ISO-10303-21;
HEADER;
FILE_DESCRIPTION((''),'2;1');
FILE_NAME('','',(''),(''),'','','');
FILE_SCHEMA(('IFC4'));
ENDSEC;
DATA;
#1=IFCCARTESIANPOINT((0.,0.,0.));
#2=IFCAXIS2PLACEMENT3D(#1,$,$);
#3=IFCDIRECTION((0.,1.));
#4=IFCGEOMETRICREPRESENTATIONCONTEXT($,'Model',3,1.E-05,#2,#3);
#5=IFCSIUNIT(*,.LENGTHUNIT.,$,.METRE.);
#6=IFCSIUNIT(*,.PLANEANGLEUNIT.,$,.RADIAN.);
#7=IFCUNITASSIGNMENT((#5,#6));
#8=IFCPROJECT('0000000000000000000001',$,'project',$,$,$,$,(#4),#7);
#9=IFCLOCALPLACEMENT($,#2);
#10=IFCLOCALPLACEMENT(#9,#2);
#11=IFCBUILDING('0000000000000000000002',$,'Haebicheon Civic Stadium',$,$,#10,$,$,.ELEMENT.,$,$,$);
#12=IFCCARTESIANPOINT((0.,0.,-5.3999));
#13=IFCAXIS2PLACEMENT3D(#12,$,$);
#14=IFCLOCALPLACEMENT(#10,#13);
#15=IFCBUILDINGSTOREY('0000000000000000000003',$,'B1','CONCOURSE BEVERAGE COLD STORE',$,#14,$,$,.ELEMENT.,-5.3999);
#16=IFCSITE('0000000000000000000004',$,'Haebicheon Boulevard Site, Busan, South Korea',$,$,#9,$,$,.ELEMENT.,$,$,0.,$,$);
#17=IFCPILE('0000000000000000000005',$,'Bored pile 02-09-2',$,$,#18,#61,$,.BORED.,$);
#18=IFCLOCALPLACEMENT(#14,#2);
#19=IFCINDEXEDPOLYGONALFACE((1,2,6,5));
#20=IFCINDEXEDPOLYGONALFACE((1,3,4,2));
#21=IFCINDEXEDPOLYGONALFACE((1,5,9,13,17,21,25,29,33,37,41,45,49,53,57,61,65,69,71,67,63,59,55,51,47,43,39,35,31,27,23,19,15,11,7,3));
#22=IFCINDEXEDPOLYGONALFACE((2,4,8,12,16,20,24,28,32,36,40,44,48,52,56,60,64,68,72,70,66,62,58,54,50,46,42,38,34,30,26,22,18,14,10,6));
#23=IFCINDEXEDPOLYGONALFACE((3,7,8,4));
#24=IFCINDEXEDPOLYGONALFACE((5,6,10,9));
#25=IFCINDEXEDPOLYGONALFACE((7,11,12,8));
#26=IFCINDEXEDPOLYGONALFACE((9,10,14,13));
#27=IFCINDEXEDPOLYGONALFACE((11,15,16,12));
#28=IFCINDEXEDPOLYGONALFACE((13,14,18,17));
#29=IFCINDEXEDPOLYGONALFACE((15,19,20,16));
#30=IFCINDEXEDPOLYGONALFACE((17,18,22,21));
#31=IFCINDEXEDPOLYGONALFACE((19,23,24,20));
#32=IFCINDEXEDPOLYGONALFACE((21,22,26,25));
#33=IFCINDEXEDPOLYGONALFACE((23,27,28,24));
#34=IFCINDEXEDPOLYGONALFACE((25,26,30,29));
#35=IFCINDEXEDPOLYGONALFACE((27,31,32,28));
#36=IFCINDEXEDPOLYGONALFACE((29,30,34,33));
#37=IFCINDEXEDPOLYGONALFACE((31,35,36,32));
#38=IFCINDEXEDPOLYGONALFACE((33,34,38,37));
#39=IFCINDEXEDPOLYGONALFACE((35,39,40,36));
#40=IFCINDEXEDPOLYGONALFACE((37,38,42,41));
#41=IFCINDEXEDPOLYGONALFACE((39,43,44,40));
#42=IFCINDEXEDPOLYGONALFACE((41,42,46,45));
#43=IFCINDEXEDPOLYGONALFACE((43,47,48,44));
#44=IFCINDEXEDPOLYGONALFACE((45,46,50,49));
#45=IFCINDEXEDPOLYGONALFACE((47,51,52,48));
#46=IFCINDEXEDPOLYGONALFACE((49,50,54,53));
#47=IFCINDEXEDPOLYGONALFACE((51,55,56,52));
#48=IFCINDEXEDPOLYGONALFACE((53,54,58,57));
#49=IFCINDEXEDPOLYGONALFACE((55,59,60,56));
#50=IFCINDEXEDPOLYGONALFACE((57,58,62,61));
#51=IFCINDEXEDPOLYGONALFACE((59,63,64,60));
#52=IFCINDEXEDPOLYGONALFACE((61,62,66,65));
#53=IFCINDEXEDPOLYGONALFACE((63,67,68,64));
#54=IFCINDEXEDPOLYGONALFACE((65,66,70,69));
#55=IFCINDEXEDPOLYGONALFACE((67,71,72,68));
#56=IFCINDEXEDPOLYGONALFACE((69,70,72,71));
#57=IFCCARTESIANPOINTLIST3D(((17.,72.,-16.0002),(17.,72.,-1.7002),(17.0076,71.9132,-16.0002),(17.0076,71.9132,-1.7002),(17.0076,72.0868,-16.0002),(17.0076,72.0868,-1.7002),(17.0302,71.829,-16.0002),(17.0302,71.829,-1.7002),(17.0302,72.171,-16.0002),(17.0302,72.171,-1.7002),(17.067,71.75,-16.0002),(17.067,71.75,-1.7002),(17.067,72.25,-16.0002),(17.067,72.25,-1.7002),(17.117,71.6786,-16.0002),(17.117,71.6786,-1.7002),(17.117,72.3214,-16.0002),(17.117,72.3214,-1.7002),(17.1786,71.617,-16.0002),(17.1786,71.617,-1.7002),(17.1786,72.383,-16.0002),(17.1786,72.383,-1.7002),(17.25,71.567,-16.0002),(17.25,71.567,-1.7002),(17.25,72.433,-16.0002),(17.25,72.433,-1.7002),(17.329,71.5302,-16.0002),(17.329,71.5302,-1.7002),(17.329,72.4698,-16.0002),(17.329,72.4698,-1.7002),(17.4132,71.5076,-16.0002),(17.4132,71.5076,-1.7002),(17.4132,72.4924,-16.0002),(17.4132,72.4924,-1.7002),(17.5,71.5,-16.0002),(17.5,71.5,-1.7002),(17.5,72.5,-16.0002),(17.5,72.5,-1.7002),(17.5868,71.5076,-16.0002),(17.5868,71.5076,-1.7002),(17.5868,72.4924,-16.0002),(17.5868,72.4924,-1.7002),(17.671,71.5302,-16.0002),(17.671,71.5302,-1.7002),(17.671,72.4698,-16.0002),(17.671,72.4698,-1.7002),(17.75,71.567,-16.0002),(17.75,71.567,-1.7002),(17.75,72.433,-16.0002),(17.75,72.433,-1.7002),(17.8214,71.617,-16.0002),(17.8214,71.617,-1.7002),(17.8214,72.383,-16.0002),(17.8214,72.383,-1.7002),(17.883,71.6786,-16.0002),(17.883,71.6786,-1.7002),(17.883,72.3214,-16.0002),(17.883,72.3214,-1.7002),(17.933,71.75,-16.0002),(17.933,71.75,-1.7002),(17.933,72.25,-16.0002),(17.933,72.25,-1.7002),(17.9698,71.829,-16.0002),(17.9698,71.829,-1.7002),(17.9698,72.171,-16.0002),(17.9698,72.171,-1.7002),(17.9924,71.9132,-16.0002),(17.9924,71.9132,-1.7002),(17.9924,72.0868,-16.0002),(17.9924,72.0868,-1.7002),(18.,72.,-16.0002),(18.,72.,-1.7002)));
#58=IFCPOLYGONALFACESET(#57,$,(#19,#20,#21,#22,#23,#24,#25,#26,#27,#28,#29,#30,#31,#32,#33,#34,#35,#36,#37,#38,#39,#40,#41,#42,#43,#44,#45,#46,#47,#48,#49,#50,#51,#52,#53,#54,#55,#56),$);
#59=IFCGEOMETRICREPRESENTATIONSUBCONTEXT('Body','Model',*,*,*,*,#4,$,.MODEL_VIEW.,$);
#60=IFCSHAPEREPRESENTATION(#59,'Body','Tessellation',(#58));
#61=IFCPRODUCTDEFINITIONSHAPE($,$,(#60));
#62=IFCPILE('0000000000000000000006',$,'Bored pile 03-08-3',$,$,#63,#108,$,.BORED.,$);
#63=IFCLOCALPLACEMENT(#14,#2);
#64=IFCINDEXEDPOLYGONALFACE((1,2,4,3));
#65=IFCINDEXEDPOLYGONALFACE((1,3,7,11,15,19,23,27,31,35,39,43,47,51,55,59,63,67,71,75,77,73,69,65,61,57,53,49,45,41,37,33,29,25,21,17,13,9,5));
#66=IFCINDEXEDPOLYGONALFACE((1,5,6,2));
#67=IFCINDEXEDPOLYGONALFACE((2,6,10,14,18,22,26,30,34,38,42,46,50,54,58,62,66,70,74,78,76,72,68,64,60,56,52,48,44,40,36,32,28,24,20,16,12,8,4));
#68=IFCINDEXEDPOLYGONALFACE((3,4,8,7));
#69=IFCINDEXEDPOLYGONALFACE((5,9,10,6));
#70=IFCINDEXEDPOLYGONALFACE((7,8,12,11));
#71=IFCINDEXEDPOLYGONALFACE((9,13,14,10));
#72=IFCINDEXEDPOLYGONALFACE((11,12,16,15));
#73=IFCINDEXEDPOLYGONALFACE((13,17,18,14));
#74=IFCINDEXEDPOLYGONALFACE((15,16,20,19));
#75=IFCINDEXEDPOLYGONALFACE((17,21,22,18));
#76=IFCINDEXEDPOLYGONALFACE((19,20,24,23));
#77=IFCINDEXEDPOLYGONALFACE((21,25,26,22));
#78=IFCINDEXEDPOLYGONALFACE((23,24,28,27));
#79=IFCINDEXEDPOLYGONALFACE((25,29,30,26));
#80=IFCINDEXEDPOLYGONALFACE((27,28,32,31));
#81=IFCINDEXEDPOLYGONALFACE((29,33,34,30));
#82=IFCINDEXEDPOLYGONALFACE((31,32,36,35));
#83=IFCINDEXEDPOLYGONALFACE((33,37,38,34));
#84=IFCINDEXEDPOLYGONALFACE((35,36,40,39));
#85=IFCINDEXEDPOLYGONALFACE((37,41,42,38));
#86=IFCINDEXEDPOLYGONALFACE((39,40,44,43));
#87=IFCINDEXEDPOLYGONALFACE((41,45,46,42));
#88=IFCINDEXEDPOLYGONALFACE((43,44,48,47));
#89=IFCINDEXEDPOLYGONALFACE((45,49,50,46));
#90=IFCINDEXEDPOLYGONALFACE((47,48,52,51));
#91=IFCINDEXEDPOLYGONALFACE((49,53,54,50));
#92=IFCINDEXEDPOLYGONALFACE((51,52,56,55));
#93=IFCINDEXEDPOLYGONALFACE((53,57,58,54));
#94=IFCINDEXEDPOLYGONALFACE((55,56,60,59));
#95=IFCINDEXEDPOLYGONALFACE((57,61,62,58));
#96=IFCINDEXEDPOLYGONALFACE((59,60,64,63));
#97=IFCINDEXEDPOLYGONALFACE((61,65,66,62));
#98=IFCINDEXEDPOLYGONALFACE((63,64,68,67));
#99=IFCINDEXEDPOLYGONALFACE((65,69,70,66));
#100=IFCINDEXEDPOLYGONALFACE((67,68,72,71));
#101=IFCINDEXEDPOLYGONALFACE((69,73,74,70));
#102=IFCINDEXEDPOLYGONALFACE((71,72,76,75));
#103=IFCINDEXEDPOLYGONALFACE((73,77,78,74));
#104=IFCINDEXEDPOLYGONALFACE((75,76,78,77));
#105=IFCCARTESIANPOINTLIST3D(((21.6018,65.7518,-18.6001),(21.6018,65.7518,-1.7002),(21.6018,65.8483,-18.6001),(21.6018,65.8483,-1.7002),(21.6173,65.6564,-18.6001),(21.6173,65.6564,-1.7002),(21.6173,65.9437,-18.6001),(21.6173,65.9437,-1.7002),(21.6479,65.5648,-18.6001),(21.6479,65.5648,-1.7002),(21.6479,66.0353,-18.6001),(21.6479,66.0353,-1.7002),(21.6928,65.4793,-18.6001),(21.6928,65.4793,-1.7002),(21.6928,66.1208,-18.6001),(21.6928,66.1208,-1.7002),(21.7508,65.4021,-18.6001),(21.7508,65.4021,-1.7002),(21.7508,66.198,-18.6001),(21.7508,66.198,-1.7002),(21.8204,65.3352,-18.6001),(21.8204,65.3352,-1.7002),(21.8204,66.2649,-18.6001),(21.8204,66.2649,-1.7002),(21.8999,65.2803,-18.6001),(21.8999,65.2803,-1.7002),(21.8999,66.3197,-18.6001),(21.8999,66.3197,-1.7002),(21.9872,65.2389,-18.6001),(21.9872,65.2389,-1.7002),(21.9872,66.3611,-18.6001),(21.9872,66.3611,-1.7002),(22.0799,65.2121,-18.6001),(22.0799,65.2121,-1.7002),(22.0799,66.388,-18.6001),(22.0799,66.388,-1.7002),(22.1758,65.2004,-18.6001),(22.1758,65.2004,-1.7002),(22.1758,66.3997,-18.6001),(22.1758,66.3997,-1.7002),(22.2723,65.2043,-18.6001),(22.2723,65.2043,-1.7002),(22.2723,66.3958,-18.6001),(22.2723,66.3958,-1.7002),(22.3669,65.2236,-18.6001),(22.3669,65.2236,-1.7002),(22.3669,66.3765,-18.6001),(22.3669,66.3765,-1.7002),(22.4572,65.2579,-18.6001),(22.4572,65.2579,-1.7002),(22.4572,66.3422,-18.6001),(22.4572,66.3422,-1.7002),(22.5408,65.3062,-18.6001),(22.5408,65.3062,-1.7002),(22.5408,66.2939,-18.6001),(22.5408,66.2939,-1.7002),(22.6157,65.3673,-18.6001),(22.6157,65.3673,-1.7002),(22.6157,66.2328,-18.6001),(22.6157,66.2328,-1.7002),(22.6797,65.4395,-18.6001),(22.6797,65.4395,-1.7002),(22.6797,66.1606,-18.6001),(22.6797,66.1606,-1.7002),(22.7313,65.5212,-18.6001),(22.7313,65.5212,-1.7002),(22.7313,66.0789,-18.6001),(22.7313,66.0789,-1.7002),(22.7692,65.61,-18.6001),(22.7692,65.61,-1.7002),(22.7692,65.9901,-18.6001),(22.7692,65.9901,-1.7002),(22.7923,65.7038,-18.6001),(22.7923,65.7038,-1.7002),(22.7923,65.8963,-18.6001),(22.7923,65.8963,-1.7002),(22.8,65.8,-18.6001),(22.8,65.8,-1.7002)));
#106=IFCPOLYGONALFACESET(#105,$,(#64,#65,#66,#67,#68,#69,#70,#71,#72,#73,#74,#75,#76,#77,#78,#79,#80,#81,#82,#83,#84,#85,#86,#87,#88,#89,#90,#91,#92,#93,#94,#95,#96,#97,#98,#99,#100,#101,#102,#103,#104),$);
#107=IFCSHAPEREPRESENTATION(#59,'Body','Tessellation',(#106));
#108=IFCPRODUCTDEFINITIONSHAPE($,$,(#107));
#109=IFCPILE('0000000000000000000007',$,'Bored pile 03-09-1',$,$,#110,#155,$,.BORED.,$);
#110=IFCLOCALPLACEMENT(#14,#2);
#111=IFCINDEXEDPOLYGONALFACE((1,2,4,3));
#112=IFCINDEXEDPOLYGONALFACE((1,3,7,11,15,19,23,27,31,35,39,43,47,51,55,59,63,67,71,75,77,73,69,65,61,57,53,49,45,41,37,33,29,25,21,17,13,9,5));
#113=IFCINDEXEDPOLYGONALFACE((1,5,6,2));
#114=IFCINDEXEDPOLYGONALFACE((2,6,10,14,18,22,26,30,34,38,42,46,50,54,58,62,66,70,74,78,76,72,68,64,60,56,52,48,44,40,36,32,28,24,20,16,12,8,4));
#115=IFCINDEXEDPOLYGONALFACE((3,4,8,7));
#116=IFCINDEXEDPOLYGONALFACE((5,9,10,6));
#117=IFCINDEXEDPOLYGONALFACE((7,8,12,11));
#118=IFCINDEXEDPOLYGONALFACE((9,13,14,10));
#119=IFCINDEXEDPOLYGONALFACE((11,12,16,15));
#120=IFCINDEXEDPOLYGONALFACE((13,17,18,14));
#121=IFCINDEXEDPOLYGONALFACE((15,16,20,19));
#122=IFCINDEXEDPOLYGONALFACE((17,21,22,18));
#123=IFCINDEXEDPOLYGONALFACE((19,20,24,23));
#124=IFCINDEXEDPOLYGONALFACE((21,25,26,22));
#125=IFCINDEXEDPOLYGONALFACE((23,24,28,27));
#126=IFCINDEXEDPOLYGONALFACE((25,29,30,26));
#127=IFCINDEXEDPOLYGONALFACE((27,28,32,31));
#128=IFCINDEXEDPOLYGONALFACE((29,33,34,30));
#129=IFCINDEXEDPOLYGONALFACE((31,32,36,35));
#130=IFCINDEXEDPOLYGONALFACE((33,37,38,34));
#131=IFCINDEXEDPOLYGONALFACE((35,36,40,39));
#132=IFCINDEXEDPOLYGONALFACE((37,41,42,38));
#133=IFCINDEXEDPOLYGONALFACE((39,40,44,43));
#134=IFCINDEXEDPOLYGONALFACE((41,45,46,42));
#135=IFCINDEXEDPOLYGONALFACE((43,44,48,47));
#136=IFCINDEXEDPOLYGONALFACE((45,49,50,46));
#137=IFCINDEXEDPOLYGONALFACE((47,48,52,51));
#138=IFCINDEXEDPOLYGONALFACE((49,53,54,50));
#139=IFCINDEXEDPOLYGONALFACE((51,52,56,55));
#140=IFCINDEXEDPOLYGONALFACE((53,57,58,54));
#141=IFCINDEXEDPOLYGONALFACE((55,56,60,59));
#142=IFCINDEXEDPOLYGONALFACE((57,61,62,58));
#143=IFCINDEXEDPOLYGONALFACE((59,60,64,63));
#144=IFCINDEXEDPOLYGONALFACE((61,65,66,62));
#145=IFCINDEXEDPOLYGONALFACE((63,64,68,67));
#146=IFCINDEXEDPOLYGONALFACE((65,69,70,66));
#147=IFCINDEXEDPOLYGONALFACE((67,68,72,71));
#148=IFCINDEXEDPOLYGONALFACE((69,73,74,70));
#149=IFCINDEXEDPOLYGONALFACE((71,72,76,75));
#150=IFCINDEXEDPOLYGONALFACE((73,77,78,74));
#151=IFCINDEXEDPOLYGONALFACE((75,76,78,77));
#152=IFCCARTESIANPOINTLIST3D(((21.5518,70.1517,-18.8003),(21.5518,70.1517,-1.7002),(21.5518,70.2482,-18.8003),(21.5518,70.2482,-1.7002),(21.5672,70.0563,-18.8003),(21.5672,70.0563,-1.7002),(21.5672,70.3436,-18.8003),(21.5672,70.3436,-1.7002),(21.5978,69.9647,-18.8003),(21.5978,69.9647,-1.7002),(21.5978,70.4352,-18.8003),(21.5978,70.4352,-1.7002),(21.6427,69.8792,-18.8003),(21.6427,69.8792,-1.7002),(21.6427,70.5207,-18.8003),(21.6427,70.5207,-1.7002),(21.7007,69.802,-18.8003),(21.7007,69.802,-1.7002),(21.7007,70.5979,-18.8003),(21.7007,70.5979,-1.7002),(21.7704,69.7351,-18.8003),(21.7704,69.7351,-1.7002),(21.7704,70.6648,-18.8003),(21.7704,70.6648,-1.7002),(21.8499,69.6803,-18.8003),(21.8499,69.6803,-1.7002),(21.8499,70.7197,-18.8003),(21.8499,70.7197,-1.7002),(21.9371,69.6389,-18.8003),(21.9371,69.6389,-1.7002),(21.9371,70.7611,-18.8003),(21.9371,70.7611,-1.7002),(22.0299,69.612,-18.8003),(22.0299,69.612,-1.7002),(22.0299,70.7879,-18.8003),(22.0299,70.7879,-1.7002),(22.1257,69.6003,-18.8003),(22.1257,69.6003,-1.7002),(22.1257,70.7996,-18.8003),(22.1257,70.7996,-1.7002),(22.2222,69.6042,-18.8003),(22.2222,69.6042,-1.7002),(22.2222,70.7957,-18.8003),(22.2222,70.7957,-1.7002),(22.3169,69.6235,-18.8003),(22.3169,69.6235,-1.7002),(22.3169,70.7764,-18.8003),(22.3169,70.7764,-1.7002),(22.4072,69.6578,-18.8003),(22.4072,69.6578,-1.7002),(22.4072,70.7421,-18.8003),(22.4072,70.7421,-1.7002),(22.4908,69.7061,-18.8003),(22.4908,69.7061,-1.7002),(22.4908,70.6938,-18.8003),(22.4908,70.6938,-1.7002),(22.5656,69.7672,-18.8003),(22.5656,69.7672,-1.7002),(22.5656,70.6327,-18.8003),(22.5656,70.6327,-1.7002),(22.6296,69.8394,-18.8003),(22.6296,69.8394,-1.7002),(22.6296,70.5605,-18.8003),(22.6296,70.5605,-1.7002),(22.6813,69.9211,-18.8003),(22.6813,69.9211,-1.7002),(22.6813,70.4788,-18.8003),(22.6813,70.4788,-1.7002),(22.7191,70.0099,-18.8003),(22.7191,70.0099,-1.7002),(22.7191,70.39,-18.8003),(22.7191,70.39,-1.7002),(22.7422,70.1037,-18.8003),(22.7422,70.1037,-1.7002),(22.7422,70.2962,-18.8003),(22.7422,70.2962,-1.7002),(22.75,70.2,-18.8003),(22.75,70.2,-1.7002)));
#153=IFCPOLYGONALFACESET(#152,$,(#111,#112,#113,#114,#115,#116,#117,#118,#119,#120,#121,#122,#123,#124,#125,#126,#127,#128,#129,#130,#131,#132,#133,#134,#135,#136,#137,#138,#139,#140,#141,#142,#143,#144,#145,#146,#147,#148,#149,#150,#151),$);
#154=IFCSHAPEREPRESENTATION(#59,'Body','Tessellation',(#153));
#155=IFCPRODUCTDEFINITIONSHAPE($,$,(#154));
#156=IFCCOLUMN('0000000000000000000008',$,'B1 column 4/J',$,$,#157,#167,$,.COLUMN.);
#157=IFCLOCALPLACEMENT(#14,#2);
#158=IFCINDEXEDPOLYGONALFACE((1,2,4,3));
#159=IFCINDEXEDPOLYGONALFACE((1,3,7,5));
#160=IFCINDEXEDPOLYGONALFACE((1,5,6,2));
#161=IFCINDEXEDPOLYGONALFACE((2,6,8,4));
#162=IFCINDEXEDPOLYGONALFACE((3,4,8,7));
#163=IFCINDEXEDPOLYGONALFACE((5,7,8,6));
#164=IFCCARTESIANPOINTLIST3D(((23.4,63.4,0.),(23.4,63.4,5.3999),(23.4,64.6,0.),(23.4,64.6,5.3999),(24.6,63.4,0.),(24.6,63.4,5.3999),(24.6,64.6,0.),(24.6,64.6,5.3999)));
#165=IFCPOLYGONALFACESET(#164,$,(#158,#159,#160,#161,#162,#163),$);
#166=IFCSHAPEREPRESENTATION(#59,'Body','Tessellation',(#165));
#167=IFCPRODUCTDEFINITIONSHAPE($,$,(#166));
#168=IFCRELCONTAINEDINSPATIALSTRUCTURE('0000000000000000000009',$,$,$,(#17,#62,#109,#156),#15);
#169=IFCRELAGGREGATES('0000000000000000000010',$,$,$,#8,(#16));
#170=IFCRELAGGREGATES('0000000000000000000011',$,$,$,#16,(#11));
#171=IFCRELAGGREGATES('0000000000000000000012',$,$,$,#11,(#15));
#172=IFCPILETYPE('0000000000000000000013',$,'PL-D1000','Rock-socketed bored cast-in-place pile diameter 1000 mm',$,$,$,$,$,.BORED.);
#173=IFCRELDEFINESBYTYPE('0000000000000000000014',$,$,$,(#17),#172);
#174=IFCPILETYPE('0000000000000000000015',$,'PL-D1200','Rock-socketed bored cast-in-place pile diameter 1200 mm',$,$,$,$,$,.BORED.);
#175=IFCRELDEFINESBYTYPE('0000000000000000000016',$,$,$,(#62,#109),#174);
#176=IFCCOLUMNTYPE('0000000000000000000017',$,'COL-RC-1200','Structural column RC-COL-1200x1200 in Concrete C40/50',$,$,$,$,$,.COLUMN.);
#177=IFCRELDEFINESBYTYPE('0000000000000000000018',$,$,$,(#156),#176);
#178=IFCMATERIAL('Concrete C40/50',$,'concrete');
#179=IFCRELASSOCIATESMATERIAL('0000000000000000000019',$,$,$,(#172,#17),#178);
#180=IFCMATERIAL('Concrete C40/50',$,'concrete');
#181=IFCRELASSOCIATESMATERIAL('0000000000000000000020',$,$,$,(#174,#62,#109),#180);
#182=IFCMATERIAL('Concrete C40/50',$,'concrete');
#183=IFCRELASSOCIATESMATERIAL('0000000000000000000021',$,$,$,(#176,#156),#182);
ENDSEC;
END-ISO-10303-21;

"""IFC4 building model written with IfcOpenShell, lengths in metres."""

from ifc_helpers import new_model, si_unit, direction, frame, origin, origin_2d, place, context, subcontext, project, spatial, rectangle, circle, extrude, material, material_profile, profile_set, type_object, element, save


model = new_model("IFC4")

# Units and contexts
model_context = context("Model", 3, precision=1e-05, world=origin(), true_north=direction((0.0, 1.0)))
body_context = subcontext(model_context, "Body", "Model", "MODEL_VIEW")
ifc_project = project(units=[si_unit("LENGTHUNIT", "METRE"), si_unit("PLANEANGLEUNIT", "RADIAN")], contexts=[model_context])

# Site, building, storey
site_placement = place(None, origin())
site = spatial("IfcSite", under=ifc_project, at=site_placement, Name="Haebicheon Boulevard Site, Busan, South Korea", CompositionType="ELEMENT", RefElevation=0.0)
building_placement = place(site_placement, origin())
building = spatial("IfcBuilding", under=site, at=building_placement, Name="Haebicheon Civic Stadium", CompositionType="ELEMENT")
storey_placement = place(building_placement, frame((0.0, 0.0, -5.3999)))
storey = spatial("IfcBuildingStorey", under=building, at=storey_placement, Name="B1", Description="CONCOURSE BEVERAGE COLD STORE", CompositionType="ELEMENT", Elevation=-5.3999)

# Piles
ifc_material_1 = material(Name="Concrete C40/50", Category="concrete")
ifc_material_profile_1 = material_profile(ifc_material_1, circle(Radius=0.5, at=origin_2d()), Name="PILE-D1000")
ifc_profile_set_1 = profile_set([ifc_material_profile_1], Name="Concrete C40/50")
pile_type_1 = type_object("IfcPileType", Name="PL-D1000", Description="Rock-socketed bored cast-in-place pile diameter 1000 mm", PredefinedType="BORED", material=ifc_profile_set_1)
for number, where, z_axis, x_axis, name in (
    (1, (17.5, 72.0, -1.7002), (0.0, 0.0, -1.0), (1.0, 0.0, 0.0), "Bored pile 02-09-2"),
):
    element("IfcPile", number, at=place(storey_placement, frame(where, z_axis=z_axis, x_axis=x_axis)), inside=storey, type_object=pile_type_1, material=ifc_profile_set_1, Name=name, PredefinedType="BORED", context=body_context, shape_type="SweptSolid", body=[
        extrude(circle(Radius=0.5, at=origin_2d()), origin(), (0.0, 0.0, 1.0), 14.3),
    ])
ifc_material_2 = material(Name="Concrete C40/50", Category="concrete")
ifc_material_profile_2 = material_profile(ifc_material_2, circle(Radius=0.6001, at=origin_2d()), Name="PILE-D1200")
ifc_profile_set_2 = profile_set([ifc_material_profile_2], Name="Concrete C40/50")
pile_type_2 = type_object("IfcPileType", Name="PL-D1200", Description="Rock-socketed bored cast-in-place pile diameter 1200 mm", PredefinedType="BORED", material=ifc_profile_set_2)
pile_1_placement = place(storey_placement, frame((22.2, 65.8, -1.7002), z_axis=(0.0, 0.0, -1.0), x_axis=(1.0, 0.0, 0.0)))
element("IfcPile", 2, at=pile_1_placement, inside=storey, type_object=pile_type_2, material=ifc_profile_set_2, Name="Bored pile 03-08-3", PredefinedType="BORED", context=body_context, shape_type="SweptSolid", body=[
    extrude(circle(Radius=0.6001, at=origin_2d()), origin(), (0.0, 0.0, 1.0), 16.8999),
])
pile_2_placement = place(storey_placement, frame((22.1499, 70.2, -1.7002), z_axis=(0.0, 0.0, -1.0), x_axis=(1.0, 0.0, 0.0)))
element("IfcPile", 3, at=pile_2_placement, inside=storey, type_object=pile_type_2, material=ifc_profile_set_2, Name="Bored pile 03-09-1", PredefinedType="BORED", context=body_context, shape_type="SweptSolid", body=[
    extrude(circle(Radius=0.6001, at=origin_2d()), origin(), (0.0, 0.0, 1.0), 17.1001),
])

# Column
ifc_material_3 = material(Name="Concrete C40/50", Category="concrete")
ifc_material_profile_3 = material_profile(ifc_material_3, rectangle(XDim=1.2, YDim=1.2, at=origin_2d()), Name="RC-COL-1200x1200")
ifc_profile_set_3 = profile_set([ifc_material_profile_3], Name="Concrete C40/50")
column_type_1 = type_object("IfcColumnType", Name="COL-RC-1200", Description="Structural column RC-COL-1200x1200 in Concrete C40/50", PredefinedType="COLUMN", material=ifc_profile_set_3)
column_1_placement = place(storey_placement, frame((24.0, 64.0, 0.0), z_axis=(0.0, 0.0, 1.0), x_axis=(1.0, 0.0, 0.0)))
element("IfcColumn", 4, at=column_1_placement, inside=storey, type_object=column_type_1, material=ifc_profile_set_3, Name="B1 column 4/J", PredefinedType="COLUMN", context=body_context, shape_type="SweptSolid", body=[
    extrude(rectangle(XDim=1.2, YDim=1.2, at=origin_2d()), origin(), (0.0, 0.0, 1.0), 5.3999),
])

save(model, "model.ifc")
